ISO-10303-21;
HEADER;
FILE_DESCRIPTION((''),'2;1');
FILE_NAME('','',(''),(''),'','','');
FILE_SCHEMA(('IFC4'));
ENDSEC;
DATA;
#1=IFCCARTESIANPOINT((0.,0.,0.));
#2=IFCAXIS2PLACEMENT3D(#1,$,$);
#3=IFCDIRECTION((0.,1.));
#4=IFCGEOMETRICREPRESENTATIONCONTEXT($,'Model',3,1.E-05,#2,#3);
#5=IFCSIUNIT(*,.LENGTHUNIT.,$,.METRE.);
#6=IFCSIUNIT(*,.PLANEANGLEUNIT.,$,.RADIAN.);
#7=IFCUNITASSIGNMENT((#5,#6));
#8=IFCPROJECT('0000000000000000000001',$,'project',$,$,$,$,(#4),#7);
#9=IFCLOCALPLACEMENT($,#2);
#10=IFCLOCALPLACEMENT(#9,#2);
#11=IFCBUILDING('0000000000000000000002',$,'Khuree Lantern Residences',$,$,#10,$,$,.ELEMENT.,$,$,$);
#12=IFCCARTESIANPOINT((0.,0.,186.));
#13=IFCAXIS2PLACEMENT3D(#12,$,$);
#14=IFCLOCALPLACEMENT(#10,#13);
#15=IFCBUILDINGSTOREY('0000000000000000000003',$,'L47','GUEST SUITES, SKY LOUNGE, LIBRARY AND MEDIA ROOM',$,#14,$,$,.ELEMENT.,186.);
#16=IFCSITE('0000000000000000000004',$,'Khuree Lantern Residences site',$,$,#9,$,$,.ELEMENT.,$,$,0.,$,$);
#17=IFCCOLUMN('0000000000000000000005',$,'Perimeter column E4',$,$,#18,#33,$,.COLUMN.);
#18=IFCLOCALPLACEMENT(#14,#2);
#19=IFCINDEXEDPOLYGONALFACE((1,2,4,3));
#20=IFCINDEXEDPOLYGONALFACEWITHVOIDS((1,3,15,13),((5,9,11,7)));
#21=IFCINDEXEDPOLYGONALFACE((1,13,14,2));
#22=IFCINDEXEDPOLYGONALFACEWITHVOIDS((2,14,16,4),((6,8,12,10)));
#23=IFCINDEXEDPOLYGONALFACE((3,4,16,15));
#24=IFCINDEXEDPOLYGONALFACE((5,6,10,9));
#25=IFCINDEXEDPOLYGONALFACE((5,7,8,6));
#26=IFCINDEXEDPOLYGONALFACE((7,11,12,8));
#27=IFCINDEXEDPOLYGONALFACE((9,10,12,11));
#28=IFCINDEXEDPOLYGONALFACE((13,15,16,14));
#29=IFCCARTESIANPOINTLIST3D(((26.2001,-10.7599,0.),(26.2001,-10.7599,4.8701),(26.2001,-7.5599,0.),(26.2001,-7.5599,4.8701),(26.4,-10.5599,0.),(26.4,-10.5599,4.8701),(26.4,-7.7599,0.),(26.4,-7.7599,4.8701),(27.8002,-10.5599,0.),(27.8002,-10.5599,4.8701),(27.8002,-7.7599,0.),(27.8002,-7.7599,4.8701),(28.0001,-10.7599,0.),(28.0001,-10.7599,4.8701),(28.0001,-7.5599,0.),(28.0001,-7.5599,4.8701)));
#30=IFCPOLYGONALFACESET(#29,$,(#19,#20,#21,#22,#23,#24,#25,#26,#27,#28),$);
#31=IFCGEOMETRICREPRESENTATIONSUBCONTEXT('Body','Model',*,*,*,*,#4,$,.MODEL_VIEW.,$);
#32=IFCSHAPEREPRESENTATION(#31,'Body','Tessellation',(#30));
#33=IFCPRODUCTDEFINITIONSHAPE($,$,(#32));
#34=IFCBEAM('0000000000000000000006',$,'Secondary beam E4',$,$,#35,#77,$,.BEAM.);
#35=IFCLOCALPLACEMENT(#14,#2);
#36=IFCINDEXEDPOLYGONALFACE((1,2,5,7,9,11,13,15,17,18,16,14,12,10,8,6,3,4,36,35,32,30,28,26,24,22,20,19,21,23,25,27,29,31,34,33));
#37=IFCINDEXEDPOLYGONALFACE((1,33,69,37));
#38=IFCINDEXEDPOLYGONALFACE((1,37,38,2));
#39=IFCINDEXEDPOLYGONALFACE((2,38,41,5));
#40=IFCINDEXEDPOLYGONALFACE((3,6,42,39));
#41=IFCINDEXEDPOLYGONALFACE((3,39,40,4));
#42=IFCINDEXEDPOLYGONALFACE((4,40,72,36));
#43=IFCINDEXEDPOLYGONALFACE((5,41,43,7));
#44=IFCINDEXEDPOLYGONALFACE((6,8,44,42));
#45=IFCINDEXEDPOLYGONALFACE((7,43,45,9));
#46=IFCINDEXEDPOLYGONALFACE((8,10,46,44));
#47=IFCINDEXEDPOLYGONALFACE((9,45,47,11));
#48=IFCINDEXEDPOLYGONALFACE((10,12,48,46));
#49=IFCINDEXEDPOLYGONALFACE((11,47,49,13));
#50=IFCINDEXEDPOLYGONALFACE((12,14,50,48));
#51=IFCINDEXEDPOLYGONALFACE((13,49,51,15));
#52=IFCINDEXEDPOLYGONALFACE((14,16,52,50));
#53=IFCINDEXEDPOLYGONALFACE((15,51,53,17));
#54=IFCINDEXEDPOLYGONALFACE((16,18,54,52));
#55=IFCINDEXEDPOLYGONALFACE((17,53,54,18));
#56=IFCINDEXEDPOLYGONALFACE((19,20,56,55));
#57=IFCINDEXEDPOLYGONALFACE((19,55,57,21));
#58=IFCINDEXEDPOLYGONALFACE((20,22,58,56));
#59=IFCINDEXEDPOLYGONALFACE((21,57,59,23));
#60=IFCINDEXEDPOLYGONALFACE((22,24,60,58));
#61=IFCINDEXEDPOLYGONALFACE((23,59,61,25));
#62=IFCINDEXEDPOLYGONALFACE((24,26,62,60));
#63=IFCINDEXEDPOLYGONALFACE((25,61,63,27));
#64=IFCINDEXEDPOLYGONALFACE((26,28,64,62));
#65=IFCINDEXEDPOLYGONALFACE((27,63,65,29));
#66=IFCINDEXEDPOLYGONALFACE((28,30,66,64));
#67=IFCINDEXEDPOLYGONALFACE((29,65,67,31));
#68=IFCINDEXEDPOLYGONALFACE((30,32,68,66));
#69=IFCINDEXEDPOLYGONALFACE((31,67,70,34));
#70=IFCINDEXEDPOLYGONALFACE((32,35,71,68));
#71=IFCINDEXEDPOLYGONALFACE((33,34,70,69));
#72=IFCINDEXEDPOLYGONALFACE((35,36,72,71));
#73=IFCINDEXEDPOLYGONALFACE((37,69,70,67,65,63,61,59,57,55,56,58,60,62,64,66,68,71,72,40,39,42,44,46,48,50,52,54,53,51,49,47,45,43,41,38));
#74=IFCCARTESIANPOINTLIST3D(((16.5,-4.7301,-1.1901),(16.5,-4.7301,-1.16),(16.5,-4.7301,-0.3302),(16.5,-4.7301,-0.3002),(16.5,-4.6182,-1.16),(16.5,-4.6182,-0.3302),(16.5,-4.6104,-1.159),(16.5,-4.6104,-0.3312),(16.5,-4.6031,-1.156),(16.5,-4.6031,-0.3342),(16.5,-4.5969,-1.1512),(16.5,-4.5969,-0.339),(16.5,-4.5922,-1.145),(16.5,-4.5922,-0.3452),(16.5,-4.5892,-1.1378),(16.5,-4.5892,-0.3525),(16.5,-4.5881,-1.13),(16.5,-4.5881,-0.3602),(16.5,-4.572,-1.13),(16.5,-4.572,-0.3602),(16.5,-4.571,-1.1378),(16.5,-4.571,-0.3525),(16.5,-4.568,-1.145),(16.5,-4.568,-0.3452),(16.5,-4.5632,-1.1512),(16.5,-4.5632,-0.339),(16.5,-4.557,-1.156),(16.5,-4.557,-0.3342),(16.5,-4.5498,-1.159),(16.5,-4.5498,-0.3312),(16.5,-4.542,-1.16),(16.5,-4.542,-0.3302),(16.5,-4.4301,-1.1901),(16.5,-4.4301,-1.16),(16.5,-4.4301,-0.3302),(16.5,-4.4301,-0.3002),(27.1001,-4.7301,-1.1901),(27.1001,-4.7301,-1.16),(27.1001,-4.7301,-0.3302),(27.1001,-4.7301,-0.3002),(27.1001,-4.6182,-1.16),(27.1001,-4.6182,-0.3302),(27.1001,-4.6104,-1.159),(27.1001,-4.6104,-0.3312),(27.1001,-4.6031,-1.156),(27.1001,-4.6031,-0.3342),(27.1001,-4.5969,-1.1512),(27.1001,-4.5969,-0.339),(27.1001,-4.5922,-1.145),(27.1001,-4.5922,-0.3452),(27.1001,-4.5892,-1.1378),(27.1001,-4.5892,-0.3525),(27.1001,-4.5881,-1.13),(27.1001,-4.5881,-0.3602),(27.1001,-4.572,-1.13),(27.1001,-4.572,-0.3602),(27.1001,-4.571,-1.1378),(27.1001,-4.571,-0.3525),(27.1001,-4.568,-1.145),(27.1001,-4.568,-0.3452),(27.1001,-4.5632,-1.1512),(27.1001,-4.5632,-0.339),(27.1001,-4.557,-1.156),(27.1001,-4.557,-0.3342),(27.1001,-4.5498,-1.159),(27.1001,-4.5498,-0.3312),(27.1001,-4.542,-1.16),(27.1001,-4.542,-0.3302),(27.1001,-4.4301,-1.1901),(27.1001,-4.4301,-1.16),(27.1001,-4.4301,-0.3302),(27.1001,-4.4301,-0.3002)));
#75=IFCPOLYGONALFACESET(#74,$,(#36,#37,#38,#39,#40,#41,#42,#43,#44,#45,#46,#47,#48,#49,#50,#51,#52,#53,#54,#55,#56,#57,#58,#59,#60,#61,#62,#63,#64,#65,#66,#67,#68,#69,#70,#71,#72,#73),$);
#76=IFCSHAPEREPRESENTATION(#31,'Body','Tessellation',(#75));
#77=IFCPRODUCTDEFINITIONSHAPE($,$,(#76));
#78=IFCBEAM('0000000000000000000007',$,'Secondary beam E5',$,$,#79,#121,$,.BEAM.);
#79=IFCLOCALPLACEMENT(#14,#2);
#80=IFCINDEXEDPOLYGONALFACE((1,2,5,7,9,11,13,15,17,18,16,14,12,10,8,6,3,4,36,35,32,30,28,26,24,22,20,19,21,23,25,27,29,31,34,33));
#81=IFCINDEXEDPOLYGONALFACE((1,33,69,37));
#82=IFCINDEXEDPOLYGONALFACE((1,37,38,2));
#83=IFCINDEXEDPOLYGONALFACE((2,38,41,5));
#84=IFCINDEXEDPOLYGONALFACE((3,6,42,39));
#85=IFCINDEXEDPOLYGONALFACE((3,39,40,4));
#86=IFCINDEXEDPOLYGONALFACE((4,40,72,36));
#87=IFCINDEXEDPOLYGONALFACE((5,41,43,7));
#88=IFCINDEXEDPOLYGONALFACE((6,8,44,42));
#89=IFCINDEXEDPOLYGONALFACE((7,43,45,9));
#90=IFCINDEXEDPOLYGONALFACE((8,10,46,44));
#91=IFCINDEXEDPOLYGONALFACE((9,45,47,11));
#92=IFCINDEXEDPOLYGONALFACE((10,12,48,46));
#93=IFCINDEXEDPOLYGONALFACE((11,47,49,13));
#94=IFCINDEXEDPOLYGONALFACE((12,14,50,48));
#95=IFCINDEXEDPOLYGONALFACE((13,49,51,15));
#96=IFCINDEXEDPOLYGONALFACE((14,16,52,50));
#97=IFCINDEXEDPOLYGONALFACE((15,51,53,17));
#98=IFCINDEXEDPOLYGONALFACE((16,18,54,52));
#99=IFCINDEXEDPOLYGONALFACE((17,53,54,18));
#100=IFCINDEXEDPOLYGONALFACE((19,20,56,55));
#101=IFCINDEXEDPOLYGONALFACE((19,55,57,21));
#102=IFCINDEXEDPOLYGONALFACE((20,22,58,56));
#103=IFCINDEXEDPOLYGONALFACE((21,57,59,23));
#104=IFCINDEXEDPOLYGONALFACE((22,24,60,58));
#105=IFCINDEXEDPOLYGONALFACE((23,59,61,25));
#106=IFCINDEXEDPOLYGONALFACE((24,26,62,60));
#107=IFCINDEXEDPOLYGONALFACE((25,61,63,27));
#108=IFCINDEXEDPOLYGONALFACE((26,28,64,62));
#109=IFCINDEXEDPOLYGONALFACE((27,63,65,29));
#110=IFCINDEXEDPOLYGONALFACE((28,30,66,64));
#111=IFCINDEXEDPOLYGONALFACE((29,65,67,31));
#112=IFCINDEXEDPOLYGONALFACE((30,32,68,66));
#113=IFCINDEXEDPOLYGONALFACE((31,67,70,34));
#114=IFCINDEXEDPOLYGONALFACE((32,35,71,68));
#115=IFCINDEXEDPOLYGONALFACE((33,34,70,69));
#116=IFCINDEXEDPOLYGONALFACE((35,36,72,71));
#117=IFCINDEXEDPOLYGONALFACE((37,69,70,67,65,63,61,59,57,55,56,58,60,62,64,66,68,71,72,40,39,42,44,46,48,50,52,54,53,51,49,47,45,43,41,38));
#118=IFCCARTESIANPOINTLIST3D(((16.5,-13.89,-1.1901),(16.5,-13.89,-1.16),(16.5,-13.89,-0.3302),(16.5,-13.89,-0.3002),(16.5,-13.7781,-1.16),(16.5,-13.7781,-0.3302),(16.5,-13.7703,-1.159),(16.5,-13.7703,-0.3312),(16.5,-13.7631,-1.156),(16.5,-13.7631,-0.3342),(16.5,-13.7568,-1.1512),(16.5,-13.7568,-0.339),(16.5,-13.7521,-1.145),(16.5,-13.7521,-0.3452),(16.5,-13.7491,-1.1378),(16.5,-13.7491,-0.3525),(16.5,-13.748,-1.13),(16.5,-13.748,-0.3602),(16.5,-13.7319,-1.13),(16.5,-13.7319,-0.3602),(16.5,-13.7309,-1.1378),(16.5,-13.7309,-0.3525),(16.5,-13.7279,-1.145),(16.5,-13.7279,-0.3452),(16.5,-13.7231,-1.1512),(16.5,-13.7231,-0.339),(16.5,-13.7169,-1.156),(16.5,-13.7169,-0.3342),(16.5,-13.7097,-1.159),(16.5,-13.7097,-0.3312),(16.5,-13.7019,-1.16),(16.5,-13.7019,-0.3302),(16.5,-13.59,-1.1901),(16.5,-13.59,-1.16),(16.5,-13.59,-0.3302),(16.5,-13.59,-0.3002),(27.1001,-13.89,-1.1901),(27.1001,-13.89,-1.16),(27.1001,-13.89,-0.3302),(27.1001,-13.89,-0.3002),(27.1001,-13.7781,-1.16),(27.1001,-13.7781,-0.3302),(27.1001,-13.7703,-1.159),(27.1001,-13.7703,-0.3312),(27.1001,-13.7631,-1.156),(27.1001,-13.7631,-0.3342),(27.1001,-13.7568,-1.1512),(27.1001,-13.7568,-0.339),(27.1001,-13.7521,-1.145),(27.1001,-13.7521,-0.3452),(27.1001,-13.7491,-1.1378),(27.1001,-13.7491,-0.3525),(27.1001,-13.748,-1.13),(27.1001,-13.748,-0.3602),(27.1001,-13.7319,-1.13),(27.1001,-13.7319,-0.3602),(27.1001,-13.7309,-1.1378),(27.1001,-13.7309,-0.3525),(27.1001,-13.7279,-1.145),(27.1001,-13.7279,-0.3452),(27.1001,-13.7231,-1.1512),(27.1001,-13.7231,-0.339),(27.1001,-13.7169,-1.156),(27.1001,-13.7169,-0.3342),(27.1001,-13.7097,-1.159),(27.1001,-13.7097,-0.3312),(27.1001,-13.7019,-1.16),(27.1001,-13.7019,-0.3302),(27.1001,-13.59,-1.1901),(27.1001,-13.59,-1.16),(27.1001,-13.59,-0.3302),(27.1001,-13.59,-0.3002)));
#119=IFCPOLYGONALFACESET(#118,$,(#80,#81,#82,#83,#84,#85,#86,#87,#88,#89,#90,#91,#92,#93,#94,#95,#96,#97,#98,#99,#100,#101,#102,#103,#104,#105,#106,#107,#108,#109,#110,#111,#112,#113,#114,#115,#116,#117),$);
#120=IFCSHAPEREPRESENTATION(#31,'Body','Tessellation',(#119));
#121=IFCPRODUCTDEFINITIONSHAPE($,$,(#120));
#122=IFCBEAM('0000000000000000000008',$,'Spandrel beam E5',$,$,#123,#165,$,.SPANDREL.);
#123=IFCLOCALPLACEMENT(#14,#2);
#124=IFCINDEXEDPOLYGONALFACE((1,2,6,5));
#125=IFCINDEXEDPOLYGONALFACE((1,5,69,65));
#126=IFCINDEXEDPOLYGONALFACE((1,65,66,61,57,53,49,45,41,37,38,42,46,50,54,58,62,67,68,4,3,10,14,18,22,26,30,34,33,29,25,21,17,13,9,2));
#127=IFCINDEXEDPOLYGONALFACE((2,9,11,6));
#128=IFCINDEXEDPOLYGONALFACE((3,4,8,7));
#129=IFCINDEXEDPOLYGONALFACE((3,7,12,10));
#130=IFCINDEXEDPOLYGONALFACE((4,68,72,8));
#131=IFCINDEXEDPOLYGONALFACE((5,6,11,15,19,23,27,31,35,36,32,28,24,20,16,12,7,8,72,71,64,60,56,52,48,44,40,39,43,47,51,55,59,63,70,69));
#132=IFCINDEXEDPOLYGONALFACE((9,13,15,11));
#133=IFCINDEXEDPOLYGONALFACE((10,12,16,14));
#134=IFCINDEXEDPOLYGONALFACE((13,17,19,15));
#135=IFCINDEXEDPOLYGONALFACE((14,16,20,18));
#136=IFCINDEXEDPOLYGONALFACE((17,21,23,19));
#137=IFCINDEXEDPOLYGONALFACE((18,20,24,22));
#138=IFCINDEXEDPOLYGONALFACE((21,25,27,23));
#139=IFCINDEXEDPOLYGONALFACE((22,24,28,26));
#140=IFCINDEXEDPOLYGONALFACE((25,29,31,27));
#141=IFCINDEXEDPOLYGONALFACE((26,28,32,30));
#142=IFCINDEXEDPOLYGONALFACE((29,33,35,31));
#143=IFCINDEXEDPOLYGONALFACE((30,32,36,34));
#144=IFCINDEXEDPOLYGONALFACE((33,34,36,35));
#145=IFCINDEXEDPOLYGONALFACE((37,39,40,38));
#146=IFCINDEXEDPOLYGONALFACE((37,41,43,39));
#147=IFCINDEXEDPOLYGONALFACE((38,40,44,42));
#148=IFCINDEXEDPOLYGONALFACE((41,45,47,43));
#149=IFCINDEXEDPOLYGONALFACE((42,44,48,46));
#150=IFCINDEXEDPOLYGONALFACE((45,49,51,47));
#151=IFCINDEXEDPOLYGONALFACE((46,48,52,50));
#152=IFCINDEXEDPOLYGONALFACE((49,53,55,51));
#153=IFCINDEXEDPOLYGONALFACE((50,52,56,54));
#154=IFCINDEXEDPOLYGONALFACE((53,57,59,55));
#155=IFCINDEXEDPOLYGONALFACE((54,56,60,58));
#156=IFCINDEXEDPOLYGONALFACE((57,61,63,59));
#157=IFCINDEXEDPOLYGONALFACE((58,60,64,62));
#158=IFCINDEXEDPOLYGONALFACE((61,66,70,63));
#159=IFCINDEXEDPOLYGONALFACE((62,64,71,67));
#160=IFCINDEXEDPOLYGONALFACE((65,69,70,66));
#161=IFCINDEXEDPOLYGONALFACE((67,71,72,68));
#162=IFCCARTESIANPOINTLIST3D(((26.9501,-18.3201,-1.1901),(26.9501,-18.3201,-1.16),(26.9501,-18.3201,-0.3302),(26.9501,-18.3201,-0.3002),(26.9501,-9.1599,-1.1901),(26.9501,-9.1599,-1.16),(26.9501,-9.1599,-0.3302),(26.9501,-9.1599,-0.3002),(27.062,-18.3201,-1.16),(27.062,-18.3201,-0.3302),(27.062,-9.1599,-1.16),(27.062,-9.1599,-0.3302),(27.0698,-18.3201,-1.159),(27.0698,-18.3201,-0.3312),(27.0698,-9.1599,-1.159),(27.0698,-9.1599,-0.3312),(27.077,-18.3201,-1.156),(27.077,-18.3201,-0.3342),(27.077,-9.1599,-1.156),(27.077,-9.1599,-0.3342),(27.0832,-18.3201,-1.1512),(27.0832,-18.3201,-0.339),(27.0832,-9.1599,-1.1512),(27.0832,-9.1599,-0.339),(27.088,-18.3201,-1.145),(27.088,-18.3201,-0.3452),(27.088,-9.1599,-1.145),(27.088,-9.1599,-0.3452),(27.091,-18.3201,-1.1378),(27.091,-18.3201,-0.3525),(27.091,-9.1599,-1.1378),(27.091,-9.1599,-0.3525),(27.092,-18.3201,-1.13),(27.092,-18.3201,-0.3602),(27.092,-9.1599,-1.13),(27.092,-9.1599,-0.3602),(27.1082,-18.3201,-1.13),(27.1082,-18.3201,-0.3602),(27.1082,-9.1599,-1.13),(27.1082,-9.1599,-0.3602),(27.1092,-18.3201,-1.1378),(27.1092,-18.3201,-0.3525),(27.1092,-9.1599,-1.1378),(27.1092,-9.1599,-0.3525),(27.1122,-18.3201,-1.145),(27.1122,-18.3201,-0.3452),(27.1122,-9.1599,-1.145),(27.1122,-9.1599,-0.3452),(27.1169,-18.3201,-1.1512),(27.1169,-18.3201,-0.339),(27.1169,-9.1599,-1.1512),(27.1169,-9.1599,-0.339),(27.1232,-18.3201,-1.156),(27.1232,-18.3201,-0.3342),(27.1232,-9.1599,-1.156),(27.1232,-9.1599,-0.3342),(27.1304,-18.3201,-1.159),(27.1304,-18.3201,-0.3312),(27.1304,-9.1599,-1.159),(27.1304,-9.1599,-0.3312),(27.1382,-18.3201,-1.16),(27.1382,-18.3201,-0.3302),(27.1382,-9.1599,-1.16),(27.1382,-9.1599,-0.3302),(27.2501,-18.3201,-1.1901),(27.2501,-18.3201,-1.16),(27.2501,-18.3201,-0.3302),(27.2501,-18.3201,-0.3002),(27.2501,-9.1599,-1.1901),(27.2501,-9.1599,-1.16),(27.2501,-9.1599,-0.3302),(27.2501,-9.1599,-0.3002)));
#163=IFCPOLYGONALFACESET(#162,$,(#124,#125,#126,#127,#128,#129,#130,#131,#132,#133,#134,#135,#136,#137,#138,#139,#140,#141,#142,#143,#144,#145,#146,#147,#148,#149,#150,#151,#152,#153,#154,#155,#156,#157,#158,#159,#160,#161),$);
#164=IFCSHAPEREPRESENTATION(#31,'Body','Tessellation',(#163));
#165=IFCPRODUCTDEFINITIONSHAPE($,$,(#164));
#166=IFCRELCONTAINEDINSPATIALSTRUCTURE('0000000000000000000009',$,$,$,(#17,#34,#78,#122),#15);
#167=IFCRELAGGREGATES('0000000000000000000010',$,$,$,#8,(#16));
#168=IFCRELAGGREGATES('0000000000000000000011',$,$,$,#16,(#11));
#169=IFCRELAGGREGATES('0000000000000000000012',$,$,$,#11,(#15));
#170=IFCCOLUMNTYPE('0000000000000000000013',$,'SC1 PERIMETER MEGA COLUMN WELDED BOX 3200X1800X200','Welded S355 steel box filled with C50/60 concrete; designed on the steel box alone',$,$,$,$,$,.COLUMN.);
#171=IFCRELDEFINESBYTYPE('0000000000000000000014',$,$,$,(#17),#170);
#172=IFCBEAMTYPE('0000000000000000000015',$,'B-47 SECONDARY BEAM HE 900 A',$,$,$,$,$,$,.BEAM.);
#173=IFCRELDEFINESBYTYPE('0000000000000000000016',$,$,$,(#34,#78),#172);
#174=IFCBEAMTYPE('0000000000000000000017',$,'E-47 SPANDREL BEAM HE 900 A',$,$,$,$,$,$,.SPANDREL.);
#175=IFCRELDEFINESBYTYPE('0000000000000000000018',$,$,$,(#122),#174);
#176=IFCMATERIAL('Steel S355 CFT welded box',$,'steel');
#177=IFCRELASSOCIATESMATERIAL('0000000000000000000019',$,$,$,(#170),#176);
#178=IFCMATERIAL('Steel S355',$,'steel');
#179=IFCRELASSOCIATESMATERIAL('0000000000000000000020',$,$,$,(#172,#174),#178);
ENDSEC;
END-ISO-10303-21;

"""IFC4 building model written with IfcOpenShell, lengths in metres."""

from ifc_helpers import new_model, si_unit, direction, frame, origin, origin_2d, place, context, subcontext, project, spatial, hollow_rectangle, i_section, extrude, material, material_profile, profile_set, type_object, element, save


model = new_model("IFC4")

# Units and contexts
model_context = context("Model", 3, precision=1e-05, world=origin(), true_north=direction((0.0, 1.0)))
body_context = subcontext(model_context, "Body", "Model", "MODEL_VIEW")
ifc_project = project(units=[si_unit("LENGTHUNIT", "METRE"), si_unit("PLANEANGLEUNIT", "RADIAN")], contexts=[model_context])

# Site, building, storey
site_placement = place(None, origin())
site = spatial("IfcSite", under=ifc_project, at=site_placement, Name="Khuree Lantern Residences site", CompositionType="ELEMENT", RefElevation=0.0)
building_placement = place(site_placement, origin())
building = spatial("IfcBuilding", under=site, at=building_placement, Name="Khuree Lantern Residences", CompositionType="ELEMENT")
storey_placement = place(building_placement, frame((0.0, 0.0, 186.0)))
storey = spatial("IfcBuildingStorey", under=building, at=storey_placement, Name="L47", Description="GUEST SUITES, SKY LOUNGE, LIBRARY AND MEDIA ROOM", CompositionType="ELEMENT", Elevation=186.0)

# Column
ifc_material_1 = material(Name="Steel S355 CFT welded box", Category="steel")
ifc_material_profile_1 = material_profile(ifc_material_1, hollow_rectangle(XDim=3.2, YDim=1.8, WallThickness=0.2, at=origin_2d()), Name="WELDED BOX 3200X1800X200")
ifc_profile_set_1 = profile_set([ifc_material_profile_1], Name="Steel S355 CFT welded box")
column_type = type_object("IfcColumnType", Name="SC1 PERIMETER MEGA COLUMN WELDED BOX 3200X1800X200", Description="Welded S355 steel box filled with C50/60 concrete; designed on the steel box alone", PredefinedType="COLUMN", material=ifc_profile_set_1)
column_placement = place(storey_placement, frame((27.1001, -9.1599, 0.0), z_axis=(0.0, 0.0, 1.0), x_axis=(0.0, 1.0, 0.0)))
element("IfcColumn", 1, at=column_placement, inside=storey, type_object=column_type, Name="Perimeter column E4", PredefinedType="COLUMN", context=body_context, shape_type="SweptSolid", body=[
    extrude(hollow_rectangle(XDim=3.2, YDim=1.8, WallThickness=0.2, at=origin_2d()), origin(), (0.0, 0.0, 1.0), 4.8701),
])

# Beams
ifc_material_2 = material(Name="Steel S355", Category="steel")
ifc_material_profile_2 = material_profile(ifc_material_2, i_section(OverallWidth=0.3, OverallDepth=0.8899, WebThickness=0.0161, FlangeThickness=0.03, FilletRadius=0.03, at=origin_2d()), Name="HE 900 A")
ifc_profile_set_2 = profile_set([ifc_material_profile_2], Name="Steel S355")
beam_type_1 = type_object("IfcBeamType", Name="B-47 SECONDARY BEAM HE 900 A", PredefinedType="BEAM", material=ifc_profile_set_2)
for number, where, z_axis, x_axis, name in (
    (2, (27.1001, -4.5801, -0.7451), (-1.0, 0.0, 0.0), (0.0, -1.0, 0.0), "Secondary beam E4"),
    (3, (27.1001, -13.74, -0.7451), (-1.0, 0.0, 0.0), (0.0, -1.0, 0.0), "Secondary beam E5"),
):
    element("IfcBeam", number, at=place(storey_placement, frame(where, z_axis=z_axis, x_axis=x_axis)), inside=storey, type_object=beam_type_1, Name=name, PredefinedType="BEAM", context=body_context, shape_type="SweptSolid", body=[
        extrude(i_section(OverallWidth=0.3, OverallDepth=0.8899, WebThickness=0.0161, FlangeThickness=0.03, FilletRadius=0.03, at=origin_2d()), origin(), (0.0, 0.0, 1.0), 10.6001),
    ])
ifc_material_profile_3 = material_profile(ifc_material_2, i_section(OverallWidth=0.3, OverallDepth=0.8899, WebThickness=0.0161, FlangeThickness=0.03, FilletRadius=0.03, at=origin_2d()), Name="HE 900 A")
ifc_profile_set_3 = profile_set([ifc_material_profile_3], Name="Steel S355")
beam_type_2 = type_object("IfcBeamType", Name="E-47 SPANDREL BEAM HE 900 A", PredefinedType="SPANDREL", material=ifc_profile_set_3)
beam_1_placement = place(storey_placement, frame((27.1001, -9.1599, -0.7451), z_axis=(0.0, -1.0, 0.0), x_axis=(1.0, 0.0, 0.0)))
element("IfcBeam", 4, at=beam_1_placement, inside=storey, type_object=beam_type_2, Name="Spandrel beam E5", PredefinedType="SPANDREL", context=body_context, shape_type="SweptSolid", body=[
    extrude(i_section(OverallWidth=0.3, OverallDepth=0.8899, WebThickness=0.0161, FlangeThickness=0.03, FilletRadius=0.03, at=origin_2d()), origin(), (0.0, 0.0, 1.0), 9.1602),
])

save(model, "model.ifc")
